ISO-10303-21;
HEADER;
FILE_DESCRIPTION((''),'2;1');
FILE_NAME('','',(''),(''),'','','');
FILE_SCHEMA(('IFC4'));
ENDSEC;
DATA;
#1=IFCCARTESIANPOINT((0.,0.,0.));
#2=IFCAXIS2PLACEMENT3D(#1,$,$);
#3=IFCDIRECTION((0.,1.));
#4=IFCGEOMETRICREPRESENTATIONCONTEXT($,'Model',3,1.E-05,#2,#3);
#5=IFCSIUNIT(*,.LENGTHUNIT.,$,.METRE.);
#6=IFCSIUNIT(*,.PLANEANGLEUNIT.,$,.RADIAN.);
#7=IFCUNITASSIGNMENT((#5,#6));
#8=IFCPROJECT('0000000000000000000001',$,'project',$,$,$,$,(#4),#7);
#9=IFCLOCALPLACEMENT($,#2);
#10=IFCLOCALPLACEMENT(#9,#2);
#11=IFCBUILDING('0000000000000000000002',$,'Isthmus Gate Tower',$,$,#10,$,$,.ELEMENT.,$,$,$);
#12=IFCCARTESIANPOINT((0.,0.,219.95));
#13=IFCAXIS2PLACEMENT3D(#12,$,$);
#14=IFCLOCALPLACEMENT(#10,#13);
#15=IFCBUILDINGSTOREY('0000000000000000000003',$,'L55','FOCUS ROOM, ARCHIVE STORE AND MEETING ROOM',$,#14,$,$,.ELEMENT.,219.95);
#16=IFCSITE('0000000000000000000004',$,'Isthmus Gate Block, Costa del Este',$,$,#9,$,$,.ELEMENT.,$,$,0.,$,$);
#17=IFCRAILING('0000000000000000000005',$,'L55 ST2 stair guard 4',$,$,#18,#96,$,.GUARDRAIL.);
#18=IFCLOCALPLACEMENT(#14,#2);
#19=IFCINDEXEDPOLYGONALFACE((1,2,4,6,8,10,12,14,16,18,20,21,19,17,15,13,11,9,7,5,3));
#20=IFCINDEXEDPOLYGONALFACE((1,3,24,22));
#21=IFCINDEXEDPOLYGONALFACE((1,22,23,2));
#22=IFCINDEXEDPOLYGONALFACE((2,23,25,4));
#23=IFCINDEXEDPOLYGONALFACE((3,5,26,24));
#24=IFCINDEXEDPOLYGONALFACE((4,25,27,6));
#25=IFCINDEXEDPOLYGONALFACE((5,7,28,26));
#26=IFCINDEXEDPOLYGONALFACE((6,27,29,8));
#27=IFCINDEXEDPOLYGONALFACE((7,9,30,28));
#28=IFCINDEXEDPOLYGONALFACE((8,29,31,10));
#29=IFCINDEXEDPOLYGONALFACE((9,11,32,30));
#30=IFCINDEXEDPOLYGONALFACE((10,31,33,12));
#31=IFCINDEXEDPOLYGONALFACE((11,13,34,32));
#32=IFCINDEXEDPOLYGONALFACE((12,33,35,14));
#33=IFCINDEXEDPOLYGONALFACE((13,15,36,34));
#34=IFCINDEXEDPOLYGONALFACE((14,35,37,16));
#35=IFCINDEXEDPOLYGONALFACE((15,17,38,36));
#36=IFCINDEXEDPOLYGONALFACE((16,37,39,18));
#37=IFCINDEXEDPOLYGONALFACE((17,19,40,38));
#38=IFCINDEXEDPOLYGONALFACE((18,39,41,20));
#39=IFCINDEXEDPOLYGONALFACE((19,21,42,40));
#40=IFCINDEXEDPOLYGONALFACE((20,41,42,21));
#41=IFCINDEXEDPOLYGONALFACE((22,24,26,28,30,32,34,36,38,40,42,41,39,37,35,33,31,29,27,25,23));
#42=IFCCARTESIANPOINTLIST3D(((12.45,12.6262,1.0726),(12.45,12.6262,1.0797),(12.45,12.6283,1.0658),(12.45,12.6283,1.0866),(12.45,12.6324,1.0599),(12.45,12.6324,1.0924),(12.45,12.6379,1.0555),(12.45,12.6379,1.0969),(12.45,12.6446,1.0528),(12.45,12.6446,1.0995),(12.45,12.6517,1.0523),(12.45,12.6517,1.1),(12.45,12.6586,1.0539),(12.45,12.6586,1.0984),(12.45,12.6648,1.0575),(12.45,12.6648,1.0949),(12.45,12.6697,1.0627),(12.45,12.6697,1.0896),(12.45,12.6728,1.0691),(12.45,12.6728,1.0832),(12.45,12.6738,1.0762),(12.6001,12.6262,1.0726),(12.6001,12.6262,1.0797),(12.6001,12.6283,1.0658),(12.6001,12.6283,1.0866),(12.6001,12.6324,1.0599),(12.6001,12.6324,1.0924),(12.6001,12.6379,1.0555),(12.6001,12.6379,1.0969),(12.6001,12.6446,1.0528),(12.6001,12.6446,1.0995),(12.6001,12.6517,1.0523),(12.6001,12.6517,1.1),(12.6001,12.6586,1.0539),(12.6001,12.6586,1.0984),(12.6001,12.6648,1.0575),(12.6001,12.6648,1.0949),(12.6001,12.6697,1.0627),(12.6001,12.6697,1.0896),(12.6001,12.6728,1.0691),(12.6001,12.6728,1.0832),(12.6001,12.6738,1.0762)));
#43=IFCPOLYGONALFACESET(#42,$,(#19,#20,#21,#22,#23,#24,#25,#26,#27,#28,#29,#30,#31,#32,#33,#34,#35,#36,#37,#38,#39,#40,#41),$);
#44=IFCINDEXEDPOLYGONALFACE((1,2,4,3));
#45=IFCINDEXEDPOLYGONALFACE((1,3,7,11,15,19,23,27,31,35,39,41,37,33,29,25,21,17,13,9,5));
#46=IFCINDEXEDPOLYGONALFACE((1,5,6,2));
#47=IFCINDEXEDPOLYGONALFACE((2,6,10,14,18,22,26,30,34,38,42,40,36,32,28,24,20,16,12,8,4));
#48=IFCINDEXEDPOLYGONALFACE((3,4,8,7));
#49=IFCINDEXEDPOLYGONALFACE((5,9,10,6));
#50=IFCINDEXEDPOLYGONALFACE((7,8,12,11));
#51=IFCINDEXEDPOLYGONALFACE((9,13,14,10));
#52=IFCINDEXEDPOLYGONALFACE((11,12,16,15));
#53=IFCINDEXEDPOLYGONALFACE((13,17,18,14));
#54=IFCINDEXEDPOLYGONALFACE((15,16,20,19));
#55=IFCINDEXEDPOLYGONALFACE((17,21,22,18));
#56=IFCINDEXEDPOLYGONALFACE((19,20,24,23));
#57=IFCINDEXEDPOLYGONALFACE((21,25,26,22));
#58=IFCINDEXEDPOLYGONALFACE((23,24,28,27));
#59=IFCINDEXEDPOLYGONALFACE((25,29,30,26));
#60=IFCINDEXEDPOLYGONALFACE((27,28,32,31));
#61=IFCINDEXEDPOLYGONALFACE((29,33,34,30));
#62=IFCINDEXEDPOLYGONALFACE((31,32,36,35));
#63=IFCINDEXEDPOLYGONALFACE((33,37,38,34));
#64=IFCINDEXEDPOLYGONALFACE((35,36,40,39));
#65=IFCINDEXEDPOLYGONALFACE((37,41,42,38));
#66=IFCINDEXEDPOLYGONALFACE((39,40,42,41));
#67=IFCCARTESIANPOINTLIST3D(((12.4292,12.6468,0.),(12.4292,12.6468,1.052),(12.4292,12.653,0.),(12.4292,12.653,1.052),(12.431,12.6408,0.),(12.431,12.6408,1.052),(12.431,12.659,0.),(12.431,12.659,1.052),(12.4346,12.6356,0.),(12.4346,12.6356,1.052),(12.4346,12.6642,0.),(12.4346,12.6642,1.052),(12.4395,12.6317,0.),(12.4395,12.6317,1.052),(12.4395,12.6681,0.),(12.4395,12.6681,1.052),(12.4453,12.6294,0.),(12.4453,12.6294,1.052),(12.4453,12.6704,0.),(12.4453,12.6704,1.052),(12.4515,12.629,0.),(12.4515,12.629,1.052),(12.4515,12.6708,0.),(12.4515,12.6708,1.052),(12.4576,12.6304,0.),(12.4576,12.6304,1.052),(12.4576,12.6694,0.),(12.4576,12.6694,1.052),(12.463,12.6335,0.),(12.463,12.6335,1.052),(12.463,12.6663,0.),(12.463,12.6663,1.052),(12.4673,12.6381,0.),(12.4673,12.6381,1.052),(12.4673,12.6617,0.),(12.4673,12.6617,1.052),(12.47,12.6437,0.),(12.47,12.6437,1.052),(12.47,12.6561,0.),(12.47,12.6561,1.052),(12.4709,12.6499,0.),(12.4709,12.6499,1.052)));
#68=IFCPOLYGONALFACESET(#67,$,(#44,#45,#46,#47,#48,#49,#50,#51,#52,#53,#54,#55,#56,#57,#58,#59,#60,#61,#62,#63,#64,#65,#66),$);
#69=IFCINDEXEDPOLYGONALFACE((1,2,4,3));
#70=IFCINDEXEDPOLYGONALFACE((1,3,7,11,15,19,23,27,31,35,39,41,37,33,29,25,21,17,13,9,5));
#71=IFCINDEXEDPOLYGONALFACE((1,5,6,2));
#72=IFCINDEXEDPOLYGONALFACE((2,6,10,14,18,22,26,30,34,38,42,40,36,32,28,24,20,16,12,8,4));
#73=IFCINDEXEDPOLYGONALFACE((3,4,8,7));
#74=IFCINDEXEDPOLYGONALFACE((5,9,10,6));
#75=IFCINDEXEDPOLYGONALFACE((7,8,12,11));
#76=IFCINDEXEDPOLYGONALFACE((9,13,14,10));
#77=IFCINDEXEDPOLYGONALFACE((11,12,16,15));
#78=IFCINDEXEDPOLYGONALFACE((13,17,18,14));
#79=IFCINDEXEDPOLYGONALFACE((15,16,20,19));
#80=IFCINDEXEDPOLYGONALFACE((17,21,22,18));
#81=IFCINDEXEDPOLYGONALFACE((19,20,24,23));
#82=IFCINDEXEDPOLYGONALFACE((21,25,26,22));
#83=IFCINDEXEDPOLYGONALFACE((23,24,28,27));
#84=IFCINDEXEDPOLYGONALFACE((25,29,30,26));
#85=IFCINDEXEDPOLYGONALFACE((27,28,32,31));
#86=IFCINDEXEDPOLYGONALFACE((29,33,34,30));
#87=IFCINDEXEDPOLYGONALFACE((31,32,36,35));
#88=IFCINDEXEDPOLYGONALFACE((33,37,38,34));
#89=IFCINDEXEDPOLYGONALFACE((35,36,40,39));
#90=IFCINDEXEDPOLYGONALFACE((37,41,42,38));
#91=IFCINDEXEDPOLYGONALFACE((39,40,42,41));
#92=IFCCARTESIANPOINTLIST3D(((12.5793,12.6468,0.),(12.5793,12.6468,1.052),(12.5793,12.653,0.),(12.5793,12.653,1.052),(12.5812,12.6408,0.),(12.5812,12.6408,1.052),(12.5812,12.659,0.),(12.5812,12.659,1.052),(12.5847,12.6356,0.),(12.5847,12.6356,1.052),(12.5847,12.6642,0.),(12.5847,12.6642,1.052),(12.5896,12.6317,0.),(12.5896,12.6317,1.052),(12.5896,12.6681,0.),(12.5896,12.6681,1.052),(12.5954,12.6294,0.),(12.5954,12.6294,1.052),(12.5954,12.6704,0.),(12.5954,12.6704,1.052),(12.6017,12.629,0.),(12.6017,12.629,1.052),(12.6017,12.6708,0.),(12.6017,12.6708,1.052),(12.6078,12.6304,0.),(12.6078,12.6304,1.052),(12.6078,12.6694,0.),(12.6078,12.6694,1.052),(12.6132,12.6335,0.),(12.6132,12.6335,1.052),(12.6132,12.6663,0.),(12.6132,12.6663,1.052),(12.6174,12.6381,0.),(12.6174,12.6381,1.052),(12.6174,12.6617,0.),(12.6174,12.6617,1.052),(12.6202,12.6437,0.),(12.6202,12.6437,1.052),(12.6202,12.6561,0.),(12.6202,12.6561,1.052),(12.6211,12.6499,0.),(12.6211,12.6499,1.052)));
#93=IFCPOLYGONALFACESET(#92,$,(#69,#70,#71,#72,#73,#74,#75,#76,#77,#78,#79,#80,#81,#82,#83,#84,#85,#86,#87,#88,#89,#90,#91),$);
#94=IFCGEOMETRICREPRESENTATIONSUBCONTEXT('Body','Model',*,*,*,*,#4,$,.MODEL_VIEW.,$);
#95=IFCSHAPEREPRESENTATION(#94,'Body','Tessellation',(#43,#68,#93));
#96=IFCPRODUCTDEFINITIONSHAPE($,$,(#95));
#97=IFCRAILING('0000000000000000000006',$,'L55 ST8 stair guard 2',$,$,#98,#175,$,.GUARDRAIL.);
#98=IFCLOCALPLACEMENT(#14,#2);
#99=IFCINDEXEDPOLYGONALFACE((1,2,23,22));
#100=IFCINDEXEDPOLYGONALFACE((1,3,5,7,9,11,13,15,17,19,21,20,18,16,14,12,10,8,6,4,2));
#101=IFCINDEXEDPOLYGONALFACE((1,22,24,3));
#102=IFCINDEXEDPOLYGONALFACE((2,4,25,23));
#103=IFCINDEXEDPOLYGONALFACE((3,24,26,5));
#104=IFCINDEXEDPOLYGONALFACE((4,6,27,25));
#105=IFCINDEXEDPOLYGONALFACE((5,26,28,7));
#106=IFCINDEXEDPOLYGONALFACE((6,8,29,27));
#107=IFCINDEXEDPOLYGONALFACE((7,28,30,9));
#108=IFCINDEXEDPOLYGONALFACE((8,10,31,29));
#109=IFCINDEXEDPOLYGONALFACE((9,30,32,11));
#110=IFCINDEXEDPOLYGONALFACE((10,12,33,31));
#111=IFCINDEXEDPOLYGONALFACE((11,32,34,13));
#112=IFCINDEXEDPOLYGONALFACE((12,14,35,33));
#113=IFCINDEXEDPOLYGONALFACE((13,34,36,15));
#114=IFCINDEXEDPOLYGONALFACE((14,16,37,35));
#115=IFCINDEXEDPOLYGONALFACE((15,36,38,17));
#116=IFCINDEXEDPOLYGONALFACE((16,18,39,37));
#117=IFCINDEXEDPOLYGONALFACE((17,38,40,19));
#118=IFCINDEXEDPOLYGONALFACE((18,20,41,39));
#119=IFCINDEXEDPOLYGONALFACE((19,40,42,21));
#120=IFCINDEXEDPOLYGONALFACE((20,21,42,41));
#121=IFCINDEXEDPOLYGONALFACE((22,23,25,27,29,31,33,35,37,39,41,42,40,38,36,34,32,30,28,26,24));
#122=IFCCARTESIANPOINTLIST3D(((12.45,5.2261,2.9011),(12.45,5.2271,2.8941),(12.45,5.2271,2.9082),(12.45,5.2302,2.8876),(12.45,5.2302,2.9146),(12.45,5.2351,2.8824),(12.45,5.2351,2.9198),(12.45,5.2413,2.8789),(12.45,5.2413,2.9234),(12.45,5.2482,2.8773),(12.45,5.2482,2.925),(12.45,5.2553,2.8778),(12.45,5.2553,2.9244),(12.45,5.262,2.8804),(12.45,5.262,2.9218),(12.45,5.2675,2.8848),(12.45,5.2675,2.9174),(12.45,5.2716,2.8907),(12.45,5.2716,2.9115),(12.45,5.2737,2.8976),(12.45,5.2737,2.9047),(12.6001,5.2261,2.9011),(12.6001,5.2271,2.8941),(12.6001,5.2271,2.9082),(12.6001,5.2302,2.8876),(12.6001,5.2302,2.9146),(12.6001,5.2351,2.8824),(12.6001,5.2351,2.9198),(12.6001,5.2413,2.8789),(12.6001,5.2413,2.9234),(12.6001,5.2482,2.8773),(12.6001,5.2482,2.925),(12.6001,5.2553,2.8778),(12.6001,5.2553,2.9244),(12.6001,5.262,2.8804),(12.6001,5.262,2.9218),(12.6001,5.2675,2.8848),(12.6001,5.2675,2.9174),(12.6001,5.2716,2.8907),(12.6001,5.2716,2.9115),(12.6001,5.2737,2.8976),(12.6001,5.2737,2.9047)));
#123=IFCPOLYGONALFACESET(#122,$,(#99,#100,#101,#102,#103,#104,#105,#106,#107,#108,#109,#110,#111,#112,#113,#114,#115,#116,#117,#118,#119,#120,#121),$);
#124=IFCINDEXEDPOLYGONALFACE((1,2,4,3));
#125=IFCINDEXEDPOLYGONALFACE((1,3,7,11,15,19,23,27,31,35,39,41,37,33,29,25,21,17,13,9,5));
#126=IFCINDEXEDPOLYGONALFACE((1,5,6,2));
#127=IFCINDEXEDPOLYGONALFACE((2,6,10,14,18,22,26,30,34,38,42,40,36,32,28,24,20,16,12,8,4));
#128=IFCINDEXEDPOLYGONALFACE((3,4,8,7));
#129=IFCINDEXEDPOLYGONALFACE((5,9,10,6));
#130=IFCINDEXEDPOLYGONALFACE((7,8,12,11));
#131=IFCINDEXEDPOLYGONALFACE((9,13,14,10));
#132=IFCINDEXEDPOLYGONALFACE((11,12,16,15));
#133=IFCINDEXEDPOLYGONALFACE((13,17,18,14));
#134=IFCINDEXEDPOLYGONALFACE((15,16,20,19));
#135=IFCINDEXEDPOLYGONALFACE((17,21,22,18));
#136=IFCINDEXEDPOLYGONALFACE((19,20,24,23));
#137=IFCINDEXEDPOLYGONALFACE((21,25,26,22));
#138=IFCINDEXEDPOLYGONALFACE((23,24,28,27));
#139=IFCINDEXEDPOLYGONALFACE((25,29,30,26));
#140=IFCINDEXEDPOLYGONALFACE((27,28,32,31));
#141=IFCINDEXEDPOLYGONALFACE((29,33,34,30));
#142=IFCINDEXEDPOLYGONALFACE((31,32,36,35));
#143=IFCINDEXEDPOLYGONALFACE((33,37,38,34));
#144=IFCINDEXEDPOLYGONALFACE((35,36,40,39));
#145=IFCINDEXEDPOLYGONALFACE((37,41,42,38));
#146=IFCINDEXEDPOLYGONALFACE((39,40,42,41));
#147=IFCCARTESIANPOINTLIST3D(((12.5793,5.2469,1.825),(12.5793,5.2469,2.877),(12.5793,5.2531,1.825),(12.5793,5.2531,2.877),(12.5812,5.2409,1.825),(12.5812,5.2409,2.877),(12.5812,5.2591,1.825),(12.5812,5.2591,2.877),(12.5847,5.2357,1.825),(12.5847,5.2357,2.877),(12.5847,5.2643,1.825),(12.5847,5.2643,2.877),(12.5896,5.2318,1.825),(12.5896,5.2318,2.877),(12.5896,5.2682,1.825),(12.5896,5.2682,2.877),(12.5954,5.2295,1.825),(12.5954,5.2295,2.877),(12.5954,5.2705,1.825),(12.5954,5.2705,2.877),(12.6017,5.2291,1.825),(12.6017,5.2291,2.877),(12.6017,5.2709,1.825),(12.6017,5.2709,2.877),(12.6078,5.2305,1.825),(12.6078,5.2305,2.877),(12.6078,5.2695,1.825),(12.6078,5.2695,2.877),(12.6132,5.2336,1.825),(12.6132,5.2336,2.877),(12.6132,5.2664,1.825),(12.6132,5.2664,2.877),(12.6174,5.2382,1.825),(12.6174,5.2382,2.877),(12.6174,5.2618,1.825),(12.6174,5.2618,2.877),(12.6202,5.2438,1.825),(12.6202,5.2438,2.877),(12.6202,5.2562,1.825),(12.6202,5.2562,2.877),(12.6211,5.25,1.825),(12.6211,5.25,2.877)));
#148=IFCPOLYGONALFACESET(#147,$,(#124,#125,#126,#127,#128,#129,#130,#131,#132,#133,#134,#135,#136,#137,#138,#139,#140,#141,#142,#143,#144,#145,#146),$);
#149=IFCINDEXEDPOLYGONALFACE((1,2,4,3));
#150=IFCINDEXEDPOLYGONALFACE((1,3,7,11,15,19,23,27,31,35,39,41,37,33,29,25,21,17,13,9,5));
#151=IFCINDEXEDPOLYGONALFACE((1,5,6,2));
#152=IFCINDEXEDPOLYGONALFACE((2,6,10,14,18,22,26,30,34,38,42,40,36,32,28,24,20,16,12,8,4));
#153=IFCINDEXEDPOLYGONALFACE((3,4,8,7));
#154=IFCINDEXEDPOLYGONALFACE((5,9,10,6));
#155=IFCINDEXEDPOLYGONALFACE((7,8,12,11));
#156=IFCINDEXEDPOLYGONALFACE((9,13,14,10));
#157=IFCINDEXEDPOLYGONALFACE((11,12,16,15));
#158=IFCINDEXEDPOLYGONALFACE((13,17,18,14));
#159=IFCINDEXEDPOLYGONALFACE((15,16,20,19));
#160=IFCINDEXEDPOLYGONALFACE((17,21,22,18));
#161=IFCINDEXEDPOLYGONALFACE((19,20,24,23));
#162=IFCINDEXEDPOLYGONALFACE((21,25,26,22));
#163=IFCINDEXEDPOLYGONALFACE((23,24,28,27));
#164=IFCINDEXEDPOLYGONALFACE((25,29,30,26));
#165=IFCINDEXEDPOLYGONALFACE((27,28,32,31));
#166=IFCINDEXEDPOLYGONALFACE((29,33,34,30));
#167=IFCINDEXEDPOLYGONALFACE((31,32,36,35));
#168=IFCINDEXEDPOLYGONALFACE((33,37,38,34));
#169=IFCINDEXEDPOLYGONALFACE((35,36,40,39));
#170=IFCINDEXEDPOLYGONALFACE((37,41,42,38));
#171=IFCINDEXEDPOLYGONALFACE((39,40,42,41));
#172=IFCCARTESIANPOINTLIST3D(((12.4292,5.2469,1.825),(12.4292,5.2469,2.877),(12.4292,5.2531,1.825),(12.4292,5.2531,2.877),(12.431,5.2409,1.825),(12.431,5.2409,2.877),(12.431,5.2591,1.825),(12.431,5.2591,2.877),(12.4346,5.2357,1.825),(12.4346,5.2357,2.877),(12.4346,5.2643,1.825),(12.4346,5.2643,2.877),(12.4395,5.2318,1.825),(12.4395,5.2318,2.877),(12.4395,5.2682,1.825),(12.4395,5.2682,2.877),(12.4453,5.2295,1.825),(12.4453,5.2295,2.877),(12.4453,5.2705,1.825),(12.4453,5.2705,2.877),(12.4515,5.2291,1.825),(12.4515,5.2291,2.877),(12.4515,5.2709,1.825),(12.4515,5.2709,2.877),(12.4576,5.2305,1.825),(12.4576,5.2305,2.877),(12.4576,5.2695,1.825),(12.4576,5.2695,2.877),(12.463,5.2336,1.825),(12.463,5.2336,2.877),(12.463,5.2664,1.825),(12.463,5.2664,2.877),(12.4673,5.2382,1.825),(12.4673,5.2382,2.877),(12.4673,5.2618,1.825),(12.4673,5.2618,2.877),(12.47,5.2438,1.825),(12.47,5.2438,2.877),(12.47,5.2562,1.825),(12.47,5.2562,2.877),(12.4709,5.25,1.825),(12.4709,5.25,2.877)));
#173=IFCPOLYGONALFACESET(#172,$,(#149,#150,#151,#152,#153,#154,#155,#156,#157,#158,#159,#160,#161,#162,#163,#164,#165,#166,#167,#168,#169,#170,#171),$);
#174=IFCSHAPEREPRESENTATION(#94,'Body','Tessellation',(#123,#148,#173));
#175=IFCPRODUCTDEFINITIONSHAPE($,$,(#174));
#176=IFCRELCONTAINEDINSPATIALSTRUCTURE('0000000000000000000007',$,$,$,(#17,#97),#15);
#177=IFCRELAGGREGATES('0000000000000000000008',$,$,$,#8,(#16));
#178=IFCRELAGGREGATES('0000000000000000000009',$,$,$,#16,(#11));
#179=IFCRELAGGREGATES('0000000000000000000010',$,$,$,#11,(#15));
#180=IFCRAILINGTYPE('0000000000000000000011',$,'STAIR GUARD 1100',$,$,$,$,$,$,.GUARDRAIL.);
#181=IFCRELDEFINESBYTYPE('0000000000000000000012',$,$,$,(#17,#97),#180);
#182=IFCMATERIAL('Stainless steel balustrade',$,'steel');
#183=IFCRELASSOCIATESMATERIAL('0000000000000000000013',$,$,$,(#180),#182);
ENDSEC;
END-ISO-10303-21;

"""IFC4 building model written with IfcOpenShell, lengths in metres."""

from ifc_helpers import new_model, si_unit, direction, frame, origin, origin_2d, place, context, subcontext, project, spatial, circle, extrude, material, type_object, element, save


model = new_model("IFC4")

# Units and contexts
model_context = context("Model", 3, precision=1e-05, world=origin(), true_north=direction((0.0, 1.0)))
body_context = subcontext(model_context, "Body", "Model", "MODEL_VIEW")
ifc_project = project(units=[si_unit("LENGTHUNIT", "METRE"), si_unit("PLANEANGLEUNIT", "RADIAN")], contexts=[model_context])

# Site, building, storey
site_placement = place(None, origin())
site = spatial("IfcSite", under=ifc_project, at=site_placement, Name="Isthmus Gate Block, Costa del Este", CompositionType="ELEMENT", RefElevation=0.0)
building_placement = place(site_placement, origin())
building = spatial("IfcBuilding", under=site, at=building_placement, Name="Isthmus Gate Tower", CompositionType="ELEMENT")
storey_placement = place(building_placement, frame((0.0, 0.0, 219.95)))
storey = spatial("IfcBuildingStorey", under=building, at=storey_placement, Name="L55", Description="FOCUS ROOM, ARCHIVE STORE AND MEETING ROOM", CompositionType="ELEMENT", Elevation=219.95)

# Railings
ifc_material_1 = material(Name="Stainless steel balustrade", Category="steel")
railing_type_1 = type_object("IfcRailingType", Name="STAIR GUARD 1100", PredefinedType="GUARDRAIL", material=ifc_material_1)
railing_1_placement = place(storey_placement, frame((12.45, 12.6499, 0.0)))
element("IfcRailing", 1, at=railing_1_placement, inside=storey, type_object=railing_type_1, Name="L55 ST2 stair guard 4", PredefinedType="GUARDRAIL", context=body_context, shape_type="SweptSolid", body=[
    extrude(circle(Radius=0.0239, at=origin_2d()), frame((0.0, 0.0, 1.0762), z_axis=(1.0, 0.0, 0.0), x_axis=(0.0, 1.0, 0.0)), (0.0, 0.0, 1.0), 0.1501),
    extrude(circle(Radius=0.021, at=origin_2d()), origin(), (0.0, 0.0, 1.0), 1.052),
    extrude(circle(Radius=0.021, at=origin_2d()), frame((0.1501, 0.0, 0.0)), (0.0, 0.0, 1.0), 1.052),
])
railing_2_placement = place(storey_placement, frame((12.6001, 5.25, 1.825)))
element("IfcRailing", 2, at=railing_2_placement, inside=storey, type_object=railing_type_1, Name="L55 ST8 stair guard 2", PredefinedType="GUARDRAIL", context=body_context, shape_type="SweptSolid", body=[
    extrude(circle(Radius=0.0239, at=origin_2d()), frame((0.0, 0.0, 1.0762), z_axis=(-1.0, 0.0, 0.0), x_axis=(0.0, -1.0, 0.0)), (0.0, 0.0, 1.0), 0.1501),
    extrude(circle(Radius=0.021, at=origin_2d()), origin(), (0.0, 0.0, 1.0), 1.052),
    extrude(circle(Radius=0.021, at=origin_2d()), frame((-0.1501, 0.0, 0.0)), (0.0, 0.0, 1.0), 1.052),
])

save(model, "model.ifc")
